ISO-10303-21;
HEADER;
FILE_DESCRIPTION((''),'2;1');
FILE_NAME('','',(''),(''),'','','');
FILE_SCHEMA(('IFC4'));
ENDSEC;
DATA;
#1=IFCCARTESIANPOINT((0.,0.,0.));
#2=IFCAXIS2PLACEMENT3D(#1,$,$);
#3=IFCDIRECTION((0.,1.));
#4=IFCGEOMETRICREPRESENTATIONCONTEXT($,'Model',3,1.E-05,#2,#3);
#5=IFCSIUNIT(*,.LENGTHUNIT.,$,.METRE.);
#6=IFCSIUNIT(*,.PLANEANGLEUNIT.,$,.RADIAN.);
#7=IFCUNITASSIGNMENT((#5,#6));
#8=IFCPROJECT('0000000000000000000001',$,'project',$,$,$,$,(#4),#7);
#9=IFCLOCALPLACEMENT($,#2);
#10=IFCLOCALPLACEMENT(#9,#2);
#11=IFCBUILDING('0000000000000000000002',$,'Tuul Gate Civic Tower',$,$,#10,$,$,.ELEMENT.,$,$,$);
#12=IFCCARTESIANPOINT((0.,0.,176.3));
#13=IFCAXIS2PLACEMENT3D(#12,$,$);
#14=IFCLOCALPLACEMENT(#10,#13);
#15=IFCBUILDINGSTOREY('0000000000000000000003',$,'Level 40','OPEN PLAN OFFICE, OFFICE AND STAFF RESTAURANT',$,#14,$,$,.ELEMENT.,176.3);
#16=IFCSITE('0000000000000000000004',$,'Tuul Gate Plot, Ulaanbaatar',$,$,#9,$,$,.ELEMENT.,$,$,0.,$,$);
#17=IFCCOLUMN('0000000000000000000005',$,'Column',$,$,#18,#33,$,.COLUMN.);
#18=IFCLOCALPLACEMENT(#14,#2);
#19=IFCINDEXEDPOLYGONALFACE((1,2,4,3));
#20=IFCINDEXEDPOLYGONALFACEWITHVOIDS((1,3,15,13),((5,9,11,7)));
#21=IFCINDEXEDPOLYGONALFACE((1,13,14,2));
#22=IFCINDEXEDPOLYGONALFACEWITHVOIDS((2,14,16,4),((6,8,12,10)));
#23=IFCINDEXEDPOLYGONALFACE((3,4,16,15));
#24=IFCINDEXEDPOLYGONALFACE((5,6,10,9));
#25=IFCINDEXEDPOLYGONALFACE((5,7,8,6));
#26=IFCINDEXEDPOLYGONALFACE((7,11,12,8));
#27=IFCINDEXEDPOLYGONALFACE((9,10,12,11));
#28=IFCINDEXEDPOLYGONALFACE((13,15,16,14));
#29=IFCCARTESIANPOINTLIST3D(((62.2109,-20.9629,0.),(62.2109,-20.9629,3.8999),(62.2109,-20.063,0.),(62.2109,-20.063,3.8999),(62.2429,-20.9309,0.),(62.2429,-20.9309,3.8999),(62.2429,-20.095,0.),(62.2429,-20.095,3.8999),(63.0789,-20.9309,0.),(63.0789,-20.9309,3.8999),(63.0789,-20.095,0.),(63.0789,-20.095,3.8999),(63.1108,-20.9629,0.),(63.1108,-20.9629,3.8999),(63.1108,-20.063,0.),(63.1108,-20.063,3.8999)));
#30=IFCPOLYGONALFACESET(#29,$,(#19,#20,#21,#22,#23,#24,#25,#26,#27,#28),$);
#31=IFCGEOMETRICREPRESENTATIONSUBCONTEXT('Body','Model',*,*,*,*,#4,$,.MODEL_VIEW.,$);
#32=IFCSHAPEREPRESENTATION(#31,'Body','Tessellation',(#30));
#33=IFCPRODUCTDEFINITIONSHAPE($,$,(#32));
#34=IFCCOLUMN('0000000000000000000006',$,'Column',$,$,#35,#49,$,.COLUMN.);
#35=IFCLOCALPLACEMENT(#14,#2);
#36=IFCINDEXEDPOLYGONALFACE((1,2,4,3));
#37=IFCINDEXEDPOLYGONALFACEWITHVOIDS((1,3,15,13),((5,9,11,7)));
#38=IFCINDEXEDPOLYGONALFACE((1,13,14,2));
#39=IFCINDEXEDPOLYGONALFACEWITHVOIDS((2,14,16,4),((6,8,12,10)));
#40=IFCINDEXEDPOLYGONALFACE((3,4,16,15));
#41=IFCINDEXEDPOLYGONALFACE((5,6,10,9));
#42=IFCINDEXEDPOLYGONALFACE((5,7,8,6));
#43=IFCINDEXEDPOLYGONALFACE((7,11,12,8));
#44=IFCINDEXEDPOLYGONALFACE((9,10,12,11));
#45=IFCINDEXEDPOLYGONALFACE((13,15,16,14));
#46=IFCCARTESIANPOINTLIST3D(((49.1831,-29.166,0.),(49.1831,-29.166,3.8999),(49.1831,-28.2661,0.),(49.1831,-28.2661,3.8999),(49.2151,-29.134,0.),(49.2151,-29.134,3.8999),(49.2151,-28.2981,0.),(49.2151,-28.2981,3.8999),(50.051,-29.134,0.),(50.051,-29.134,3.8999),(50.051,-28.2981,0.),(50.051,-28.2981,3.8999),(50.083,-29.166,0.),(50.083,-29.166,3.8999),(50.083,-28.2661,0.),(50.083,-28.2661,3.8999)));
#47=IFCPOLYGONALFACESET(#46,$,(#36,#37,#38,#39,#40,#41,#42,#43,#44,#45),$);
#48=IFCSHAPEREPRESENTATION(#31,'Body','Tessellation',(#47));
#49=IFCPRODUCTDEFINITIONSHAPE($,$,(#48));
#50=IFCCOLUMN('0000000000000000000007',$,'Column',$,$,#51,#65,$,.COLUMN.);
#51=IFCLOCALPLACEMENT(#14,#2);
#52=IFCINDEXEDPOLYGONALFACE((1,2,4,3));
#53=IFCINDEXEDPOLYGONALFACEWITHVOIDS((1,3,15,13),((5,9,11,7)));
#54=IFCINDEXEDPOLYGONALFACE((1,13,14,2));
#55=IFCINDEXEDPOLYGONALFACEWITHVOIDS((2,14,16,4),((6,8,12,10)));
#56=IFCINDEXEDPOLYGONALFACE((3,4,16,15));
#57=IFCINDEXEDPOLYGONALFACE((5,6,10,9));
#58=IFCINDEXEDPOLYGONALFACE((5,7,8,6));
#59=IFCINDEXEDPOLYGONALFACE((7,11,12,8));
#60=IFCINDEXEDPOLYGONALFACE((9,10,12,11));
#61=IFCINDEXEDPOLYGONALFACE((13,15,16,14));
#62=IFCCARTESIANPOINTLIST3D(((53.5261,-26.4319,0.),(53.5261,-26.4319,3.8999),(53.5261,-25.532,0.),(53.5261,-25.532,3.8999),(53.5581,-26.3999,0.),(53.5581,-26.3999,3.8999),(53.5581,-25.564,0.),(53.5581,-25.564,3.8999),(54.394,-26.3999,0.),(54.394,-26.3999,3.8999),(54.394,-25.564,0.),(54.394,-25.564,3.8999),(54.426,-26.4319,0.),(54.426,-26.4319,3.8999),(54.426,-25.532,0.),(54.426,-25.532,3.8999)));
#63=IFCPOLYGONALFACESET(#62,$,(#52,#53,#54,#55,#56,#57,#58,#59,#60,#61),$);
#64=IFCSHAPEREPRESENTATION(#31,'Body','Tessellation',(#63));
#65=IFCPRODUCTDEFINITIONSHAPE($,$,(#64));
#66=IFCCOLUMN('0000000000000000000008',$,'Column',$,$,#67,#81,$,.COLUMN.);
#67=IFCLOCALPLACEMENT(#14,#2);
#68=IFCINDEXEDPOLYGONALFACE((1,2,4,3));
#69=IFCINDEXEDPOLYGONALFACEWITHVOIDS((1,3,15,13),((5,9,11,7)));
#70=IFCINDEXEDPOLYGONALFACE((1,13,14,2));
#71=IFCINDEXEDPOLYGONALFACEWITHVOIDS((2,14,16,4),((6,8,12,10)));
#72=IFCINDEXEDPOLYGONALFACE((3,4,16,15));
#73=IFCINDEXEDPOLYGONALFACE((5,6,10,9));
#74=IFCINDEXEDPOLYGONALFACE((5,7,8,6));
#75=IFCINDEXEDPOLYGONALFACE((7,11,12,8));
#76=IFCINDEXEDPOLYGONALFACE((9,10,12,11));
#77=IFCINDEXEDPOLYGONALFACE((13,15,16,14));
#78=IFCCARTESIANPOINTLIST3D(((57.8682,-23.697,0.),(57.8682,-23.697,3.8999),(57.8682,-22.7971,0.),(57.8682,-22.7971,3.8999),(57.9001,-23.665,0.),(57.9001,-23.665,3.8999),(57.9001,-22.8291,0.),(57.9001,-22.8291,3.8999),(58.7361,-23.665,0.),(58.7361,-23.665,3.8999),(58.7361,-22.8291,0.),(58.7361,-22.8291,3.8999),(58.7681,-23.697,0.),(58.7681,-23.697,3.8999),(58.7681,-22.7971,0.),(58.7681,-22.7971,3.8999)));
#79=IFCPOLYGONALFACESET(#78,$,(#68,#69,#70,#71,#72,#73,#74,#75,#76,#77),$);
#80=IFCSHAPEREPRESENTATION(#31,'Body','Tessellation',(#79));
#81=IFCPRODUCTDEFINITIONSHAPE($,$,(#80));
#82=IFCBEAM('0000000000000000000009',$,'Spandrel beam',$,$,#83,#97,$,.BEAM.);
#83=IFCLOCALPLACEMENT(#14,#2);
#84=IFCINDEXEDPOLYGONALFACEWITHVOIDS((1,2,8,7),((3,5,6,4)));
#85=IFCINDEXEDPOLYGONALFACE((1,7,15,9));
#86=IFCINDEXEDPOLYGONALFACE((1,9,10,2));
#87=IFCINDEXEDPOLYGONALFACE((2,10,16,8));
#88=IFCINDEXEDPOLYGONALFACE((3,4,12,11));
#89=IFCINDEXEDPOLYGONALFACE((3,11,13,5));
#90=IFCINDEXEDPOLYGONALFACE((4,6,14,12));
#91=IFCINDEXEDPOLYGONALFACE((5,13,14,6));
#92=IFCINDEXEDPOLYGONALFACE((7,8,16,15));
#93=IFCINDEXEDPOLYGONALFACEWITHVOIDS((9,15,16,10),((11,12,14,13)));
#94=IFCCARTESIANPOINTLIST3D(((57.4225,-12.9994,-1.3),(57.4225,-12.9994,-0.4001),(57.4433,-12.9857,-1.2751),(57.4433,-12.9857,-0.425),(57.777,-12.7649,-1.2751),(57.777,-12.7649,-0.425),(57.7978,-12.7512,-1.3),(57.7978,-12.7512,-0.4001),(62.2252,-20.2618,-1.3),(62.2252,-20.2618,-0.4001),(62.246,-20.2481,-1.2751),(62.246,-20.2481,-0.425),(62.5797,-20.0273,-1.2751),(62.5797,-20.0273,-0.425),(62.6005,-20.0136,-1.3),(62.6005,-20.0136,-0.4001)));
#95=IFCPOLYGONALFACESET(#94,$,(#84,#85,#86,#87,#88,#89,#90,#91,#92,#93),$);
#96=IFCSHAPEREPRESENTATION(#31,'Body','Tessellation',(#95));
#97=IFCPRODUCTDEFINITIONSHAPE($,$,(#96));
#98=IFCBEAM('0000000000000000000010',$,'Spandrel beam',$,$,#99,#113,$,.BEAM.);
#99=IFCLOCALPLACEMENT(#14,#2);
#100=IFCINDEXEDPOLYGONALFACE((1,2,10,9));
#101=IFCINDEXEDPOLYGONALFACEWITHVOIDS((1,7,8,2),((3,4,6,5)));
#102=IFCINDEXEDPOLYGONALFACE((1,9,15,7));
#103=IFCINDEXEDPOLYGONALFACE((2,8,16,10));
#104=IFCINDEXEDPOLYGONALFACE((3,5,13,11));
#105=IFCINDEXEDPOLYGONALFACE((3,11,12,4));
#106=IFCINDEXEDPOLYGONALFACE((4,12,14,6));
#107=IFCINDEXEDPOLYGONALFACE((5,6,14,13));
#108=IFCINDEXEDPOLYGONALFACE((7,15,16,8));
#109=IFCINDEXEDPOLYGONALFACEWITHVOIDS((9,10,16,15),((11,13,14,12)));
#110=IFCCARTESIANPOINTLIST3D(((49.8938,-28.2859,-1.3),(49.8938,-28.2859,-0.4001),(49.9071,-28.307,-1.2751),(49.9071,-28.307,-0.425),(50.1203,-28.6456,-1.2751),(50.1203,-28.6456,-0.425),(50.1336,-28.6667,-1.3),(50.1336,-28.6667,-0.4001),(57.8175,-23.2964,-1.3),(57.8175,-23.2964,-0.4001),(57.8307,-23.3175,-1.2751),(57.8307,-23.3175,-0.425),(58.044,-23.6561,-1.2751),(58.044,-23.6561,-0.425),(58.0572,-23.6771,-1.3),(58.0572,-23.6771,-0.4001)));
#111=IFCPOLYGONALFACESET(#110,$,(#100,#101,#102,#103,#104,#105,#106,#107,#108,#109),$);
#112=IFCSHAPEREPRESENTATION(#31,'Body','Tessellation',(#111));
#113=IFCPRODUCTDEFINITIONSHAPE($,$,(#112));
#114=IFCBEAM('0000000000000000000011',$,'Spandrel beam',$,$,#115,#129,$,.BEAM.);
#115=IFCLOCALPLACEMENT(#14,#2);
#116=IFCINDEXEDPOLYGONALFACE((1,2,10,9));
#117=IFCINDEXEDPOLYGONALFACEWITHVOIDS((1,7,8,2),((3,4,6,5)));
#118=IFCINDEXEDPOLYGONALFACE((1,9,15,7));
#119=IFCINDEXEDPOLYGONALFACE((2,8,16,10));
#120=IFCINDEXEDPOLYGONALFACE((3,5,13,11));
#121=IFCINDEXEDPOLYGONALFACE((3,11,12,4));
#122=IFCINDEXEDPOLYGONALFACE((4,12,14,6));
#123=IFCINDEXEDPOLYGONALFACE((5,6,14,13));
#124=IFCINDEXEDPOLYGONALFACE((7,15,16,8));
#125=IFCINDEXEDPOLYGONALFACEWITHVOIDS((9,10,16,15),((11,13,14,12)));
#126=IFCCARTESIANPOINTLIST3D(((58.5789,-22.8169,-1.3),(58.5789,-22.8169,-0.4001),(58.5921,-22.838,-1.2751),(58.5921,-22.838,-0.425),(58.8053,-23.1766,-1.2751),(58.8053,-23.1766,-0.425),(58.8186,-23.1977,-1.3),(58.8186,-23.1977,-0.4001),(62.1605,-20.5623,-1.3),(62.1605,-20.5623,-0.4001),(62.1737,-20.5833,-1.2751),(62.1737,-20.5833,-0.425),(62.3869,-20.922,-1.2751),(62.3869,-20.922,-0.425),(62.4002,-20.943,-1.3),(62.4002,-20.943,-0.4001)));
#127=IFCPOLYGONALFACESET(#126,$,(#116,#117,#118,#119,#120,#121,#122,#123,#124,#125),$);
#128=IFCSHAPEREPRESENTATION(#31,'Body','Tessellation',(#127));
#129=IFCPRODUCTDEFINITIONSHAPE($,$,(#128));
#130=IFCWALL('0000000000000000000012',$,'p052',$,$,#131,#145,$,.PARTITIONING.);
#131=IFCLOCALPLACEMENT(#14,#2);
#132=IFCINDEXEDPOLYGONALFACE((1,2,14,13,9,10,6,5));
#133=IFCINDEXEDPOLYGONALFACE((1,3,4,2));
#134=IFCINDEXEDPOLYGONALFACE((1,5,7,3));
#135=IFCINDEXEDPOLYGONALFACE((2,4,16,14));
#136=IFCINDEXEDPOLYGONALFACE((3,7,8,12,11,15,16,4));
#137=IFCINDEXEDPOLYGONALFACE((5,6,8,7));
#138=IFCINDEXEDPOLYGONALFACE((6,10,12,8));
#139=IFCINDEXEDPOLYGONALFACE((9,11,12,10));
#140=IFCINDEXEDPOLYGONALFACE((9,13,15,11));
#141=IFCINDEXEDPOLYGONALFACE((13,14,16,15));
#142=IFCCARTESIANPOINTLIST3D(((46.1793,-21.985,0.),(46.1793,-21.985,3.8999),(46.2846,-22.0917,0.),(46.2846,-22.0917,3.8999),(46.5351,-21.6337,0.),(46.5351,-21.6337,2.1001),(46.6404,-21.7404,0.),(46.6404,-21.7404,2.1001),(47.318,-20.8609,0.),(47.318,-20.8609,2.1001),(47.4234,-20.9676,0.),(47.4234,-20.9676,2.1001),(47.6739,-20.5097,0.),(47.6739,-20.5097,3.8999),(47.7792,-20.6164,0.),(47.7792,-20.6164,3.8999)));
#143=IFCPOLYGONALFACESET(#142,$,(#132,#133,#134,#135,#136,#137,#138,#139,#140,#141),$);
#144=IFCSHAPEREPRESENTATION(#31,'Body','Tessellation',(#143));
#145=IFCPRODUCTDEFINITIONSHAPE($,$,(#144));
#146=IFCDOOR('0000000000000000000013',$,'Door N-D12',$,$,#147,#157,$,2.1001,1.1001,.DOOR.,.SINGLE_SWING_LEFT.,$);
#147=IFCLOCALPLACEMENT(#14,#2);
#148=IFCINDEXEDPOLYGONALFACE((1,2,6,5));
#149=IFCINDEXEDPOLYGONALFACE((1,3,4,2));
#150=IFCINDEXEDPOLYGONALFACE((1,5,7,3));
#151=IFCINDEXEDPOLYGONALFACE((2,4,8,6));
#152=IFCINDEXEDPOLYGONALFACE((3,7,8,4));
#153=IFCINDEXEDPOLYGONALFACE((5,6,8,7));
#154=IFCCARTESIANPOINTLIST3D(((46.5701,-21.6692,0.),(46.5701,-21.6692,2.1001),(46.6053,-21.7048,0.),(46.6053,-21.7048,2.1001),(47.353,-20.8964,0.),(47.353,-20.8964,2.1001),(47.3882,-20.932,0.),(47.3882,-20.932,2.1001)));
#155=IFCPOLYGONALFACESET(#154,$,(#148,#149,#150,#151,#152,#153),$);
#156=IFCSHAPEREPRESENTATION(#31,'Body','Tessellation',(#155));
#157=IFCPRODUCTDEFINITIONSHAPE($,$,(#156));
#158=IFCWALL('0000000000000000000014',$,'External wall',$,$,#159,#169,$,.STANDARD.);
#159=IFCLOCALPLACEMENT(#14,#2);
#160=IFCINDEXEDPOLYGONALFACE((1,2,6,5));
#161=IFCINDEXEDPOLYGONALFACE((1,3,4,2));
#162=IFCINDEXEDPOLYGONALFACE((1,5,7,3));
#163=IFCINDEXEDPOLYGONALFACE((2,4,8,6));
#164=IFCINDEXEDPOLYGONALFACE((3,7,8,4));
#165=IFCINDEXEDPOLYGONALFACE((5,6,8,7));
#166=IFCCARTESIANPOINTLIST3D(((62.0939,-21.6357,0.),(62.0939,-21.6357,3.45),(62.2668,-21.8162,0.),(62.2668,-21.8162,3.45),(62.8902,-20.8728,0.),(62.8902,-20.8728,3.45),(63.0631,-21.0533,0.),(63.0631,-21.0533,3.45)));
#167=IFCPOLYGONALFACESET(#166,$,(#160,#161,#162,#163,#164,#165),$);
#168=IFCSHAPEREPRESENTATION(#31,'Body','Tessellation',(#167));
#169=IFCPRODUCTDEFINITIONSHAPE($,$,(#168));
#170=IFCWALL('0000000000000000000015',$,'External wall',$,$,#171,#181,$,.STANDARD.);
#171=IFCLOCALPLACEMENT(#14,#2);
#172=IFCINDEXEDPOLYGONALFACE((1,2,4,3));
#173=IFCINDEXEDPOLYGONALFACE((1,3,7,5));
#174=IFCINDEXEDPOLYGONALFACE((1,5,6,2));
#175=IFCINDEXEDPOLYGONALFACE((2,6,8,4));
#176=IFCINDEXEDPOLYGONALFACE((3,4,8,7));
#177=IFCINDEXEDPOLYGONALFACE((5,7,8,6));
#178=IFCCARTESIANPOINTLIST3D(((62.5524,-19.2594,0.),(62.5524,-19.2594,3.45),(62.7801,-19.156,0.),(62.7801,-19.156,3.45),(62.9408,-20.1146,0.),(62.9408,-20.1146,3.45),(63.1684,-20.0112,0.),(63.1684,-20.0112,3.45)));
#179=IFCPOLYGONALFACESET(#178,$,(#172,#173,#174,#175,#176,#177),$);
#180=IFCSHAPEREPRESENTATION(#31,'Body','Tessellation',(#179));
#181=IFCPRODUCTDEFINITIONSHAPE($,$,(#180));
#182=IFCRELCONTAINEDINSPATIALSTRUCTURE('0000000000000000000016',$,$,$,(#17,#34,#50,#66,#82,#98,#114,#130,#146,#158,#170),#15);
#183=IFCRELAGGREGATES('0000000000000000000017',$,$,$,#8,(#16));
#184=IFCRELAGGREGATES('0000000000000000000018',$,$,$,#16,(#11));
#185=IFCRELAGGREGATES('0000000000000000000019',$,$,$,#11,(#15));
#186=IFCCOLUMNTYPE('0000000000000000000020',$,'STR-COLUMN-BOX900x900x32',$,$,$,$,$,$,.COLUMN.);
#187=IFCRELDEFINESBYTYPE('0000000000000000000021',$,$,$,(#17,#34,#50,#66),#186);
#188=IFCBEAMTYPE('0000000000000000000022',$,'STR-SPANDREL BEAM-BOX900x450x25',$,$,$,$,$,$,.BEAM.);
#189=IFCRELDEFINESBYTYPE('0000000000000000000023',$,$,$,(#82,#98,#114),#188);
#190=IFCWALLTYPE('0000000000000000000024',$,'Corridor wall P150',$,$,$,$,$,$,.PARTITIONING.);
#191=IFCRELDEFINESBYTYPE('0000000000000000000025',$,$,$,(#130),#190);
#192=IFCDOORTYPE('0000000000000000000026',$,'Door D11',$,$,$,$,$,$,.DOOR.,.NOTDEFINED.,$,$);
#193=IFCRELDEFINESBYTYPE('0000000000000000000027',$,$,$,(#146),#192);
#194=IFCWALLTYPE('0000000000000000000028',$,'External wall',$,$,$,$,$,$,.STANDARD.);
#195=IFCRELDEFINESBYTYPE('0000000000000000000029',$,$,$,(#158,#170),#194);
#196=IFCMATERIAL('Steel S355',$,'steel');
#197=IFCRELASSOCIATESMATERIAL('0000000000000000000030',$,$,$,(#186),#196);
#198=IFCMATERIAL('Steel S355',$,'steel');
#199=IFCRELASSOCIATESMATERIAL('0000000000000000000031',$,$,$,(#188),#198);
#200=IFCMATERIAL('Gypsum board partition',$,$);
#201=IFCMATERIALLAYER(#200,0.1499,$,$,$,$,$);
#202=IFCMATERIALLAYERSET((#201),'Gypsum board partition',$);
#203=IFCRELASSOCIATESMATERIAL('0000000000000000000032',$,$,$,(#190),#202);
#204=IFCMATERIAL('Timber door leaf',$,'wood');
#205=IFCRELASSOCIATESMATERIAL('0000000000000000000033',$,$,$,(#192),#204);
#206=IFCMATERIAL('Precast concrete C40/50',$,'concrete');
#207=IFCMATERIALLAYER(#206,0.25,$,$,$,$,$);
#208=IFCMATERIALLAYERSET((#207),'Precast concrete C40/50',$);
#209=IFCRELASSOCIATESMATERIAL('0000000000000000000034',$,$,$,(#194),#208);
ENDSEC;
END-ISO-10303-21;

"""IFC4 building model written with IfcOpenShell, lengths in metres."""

from ifc_helpers import new_model, si_unit, direction, frame, frame_2d, origin, origin_2d, place, context, subcontext, project, spatial, rectangle, hollow_rectangle, extrude, material, layer, layer_set, material_profile, profile_set, type_object, element, fill, save


model = new_model("IFC4")

# Units and contexts
model_context = context("Model", 3, precision=1e-05, world=origin(), true_north=direction((0.0, 1.0)))
body_context = subcontext(model_context, "Body", "Model", "MODEL_VIEW")
ifc_project = project(units=[si_unit("LENGTHUNIT", "METRE"), si_unit("PLANEANGLEUNIT", "RADIAN")], contexts=[model_context])

# Site, building, storey
site_placement = place(None, origin())
site = spatial("IfcSite", under=ifc_project, at=site_placement, Name="Tuul Gate Plot, Ulaanbaatar", CompositionType="ELEMENT", RefElevation=0.0)
building_placement = place(site_placement, origin())
building = spatial("IfcBuilding", under=site, at=building_placement, Name="Tuul Gate Civic Tower", CompositionType="ELEMENT")
storey_placement = place(building_placement, frame((0.0, 0.0, 176.3)))
storey = spatial("IfcBuildingStorey", under=building, at=storey_placement, Name="Level 40", Description="OPEN PLAN OFFICE, OFFICE AND STAFF RESTAURANT", CompositionType="ELEMENT", Elevation=176.3)

# Columns
ifc_material_1 = material(Name="Steel S355", Category="steel")
ifc_material_profile_1 = material_profile(ifc_material_1, hollow_rectangle(XDim=0.8999, YDim=0.8999, WallThickness=0.032, at=origin_2d()), Name="BOX900x900x32")
ifc_profile_set_1 = profile_set([ifc_material_profile_1], Name="Steel S355")
column_type = type_object("IfcColumnType", Name="STR-COLUMN-BOX900x900x32", PredefinedType="COLUMN", material=ifc_profile_set_1)
for number, where, z_axis, x_axis, name in (
    (1, (62.6609, -20.5129, 0.0), (0.0, 0.0, 1.0), (1.0, 0.0, 0.0), "Column"),
    (2, (49.6331, -28.7161, 0.0), (0.0, 0.0, 1.0), (1.0, 0.0, 0.0), "Column"),
    (3, (53.9761, -25.9819, 0.0), (0.0, 0.0, 1.0), (1.0, 0.0, 0.0), "Column"),
    (4, (58.3181, -23.2471, 0.0), (0.0, 0.0, 1.0), (1.0, 0.0, 0.0), "Column"),
):
    element("IfcColumn", number, at=place(storey_placement, frame(where, z_axis=z_axis, x_axis=x_axis)), inside=storey, type_object=column_type, Name=name, PredefinedType="COLUMN", context=body_context, shape_type="SweptSolid", body=[
        extrude(hollow_rectangle(XDim=0.8999, YDim=0.8999, WallThickness=0.032, at=origin_2d()), origin(), (0.0, 0.0, 1.0), 3.8999),
    ])

# Beams
ifc_material_2 = material(Name="Steel S355", Category="steel")
ifc_material_profile_2 = material_profile(ifc_material_2, hollow_rectangle(XDim=0.45, YDim=0.8999, WallThickness=0.0249, at=origin_2d()), Name="BOX900x450x25")
ifc_profile_set_2 = profile_set([ifc_material_profile_2], Name="Steel S355")
beam_type = type_object("IfcBeamType", Name="STR-SPANDREL BEAM-BOX900x450x25", PredefinedType="BEAM", material=ifc_profile_set_2)
beam_1_placement = place(storey_placement, frame((62.4128, -20.1377, -0.8501), z_axis=(-0.551603, 0.834107, 0.0), x_axis=(-0.834107, -0.551603, 0.0)))
element("IfcBeam", 5, at=beam_1_placement, inside=storey, type_object=beam_type, Name="Spandrel beam", PredefinedType="BEAM", context=body_context, shape_type="SweptSolid", body=[
    extrude(hollow_rectangle(XDim=0.45, YDim=0.8999, WallThickness=0.0249, at=origin_2d()), origin(), (0.0, 0.0, 1.0), 8.7068),
])
beam_2_placement = place(storey_placement, frame((50.0137, -28.4763, -0.8501), z_axis=(0.846205, 0.532858, 0.0), x_axis=(-0.532858, 0.846205, 0.0)))
element("IfcBeam", 6, at=beam_2_placement, inside=storey, type_object=beam_type, Name="Spandrel beam", PredefinedType="BEAM", context=body_context, shape_type="SweptSolid", body=[
    extrude(hollow_rectangle(XDim=0.45, YDim=0.8999, WallThickness=0.0249, at=origin_2d()), origin(), (0.0, 0.0, 1.0), 9.3638),
])
beam_3_placement = place(storey_placement, frame((58.6987, -23.0073, -0.8501), z_axis=(0.846276, 0.532744, 0.0), x_axis=(-0.532744, 0.846276, 0.0)))
element("IfcBeam", 7, at=beam_3_placement, inside=storey, type_object=beam_type, Name="Spandrel beam", PredefinedType="BEAM", context=body_context, shape_type="SweptSolid", body=[
    extrude(hollow_rectangle(XDim=0.45, YDim=0.8999, WallThickness=0.0249, at=origin_2d()), origin(), (0.0, 0.0, 1.0), 4.2322),
])

# Wall, opening, door
ifc_material_3 = material(Name="Gypsum board partition")
ifc_layer_1 = layer(ifc_material_3, 0.1499)
ifc_layer_set_1 = layer_set([ifc_layer_1], Name="Gypsum board partition")
wall_type_1 = type_object("IfcWallType", Name="Corridor wall P150", PredefinedType="PARTITIONING", material=ifc_layer_set_1)
wall_1_placement = place(storey_placement, frame((46.2319, -22.0383, 0.0), z_axis=(0.0, 0.0, 1.0), x_axis=(0.711684, 0.7025, 0.0)))
wall_1 = element("IfcWall", 8, at=wall_1_placement, inside=storey, type_object=wall_type_1, Name="p052", PredefinedType="PARTITIONING", context=body_context, shape_type="SweptSolid", body=[
    extrude(rectangle(XDim=2.1001, YDim=0.1499, at=frame_2d((1.05, 0.0))), origin(), (0.0, 0.0, 1.0), 3.8999),
])
opening_1_placement = place(wall_1_placement, frame((0.5, 0.0, 0.0)))
opening_1 = element("IfcOpeningElement", 9, at=opening_1_placement, cuts=wall_1, PredefinedType="OPENING", context=body_context, shape_type="SweptSolid", body=[
    extrude(rectangle(XDim=1.1001, YDim=2.1001, at=frame_2d((0.55, 1.05))), frame((0.0, 0.085, 0.0), z_axis=(0.0, -1.0, 0.0), x_axis=(1.0, 0.0, 0.0)), (0.0, 0.0, 1.0), 0.1699),
])
ifc_material_4 = material(Name="Timber door leaf", Category="wood")
door_type = type_object("IfcDoorType", Name="Door D11", OperationType="NOTDEFINED", PredefinedType="DOOR", material=ifc_material_4)
door_placement = place(opening_1_placement, frame((1.1001, 0.0, 0.0), z_axis=(0.0, 0.0, 1.0), x_axis=(-1.0, 0.0, 0.0)))
door = element("IfcDoor", 10, at=door_placement, inside=storey, type_object=door_type, Name="Door N-D12", OperationType="SINGLE_SWING_LEFT", OverallHeight=2.1001, OverallWidth=1.1001, PredefinedType="DOOR", context=body_context, shape_type="SweptSolid", body=[
    extrude(rectangle(XDim=1.1001, YDim=2.1001, at=frame_2d((0.55, 1.05))), frame((0.0, 0.0249, 0.0), z_axis=(0.0, -1.0, 0.0), x_axis=(1.0, 0.0, 0.0)), (0.0, 0.0, 1.0), 0.05),
])
fill(opening_1, door)

# Walls
ifc_material_5 = material(Name="Precast concrete C40/50", Category="concrete")
ifc_layer_2 = layer(ifc_material_5, 0.25)
ifc_layer_set_2 = layer_set([ifc_layer_2], Name="Precast concrete C40/50")
wall_type_2 = type_object("IfcWallType", Name="External wall", PredefinedType="STANDARD", material=ifc_layer_set_2)
wall_2_placement = place(storey_placement, frame((62.1804, -21.7258, 0.0), z_axis=(0.0, 0.0, 1.0), x_axis=(0.722108, 0.69178, 0.0)))
element("IfcWall", 11, at=wall_2_placement, inside=storey, type_object=wall_type_2, Name="External wall", PredefinedType="STANDARD", context=body_context, shape_type="SweptSolid", body=[
    extrude(rectangle(XDim=1.1028, YDim=0.25, at=frame_2d((0.5513, 0.0))), origin(), (0.0, 0.0, 1.0), 3.45),
])
wall_3_placement = place(storey_placement, frame((63.0547, -20.063, 0.0), z_axis=(0.0, 0.0, 1.0), x_axis=(-0.413529, 0.910491, 0.0)))
element("IfcWall", 12, at=wall_3_placement, inside=storey, type_object=wall_type_2, Name="External wall", PredefinedType="STANDARD", context=body_context, shape_type="SweptSolid", body=[
    extrude(rectangle(XDim=0.9392, YDim=0.25, at=frame_2d((0.4697, 0.0))), origin(), (0.0, 0.0, 1.0), 3.45),
])

save(model, "model.ifc")
